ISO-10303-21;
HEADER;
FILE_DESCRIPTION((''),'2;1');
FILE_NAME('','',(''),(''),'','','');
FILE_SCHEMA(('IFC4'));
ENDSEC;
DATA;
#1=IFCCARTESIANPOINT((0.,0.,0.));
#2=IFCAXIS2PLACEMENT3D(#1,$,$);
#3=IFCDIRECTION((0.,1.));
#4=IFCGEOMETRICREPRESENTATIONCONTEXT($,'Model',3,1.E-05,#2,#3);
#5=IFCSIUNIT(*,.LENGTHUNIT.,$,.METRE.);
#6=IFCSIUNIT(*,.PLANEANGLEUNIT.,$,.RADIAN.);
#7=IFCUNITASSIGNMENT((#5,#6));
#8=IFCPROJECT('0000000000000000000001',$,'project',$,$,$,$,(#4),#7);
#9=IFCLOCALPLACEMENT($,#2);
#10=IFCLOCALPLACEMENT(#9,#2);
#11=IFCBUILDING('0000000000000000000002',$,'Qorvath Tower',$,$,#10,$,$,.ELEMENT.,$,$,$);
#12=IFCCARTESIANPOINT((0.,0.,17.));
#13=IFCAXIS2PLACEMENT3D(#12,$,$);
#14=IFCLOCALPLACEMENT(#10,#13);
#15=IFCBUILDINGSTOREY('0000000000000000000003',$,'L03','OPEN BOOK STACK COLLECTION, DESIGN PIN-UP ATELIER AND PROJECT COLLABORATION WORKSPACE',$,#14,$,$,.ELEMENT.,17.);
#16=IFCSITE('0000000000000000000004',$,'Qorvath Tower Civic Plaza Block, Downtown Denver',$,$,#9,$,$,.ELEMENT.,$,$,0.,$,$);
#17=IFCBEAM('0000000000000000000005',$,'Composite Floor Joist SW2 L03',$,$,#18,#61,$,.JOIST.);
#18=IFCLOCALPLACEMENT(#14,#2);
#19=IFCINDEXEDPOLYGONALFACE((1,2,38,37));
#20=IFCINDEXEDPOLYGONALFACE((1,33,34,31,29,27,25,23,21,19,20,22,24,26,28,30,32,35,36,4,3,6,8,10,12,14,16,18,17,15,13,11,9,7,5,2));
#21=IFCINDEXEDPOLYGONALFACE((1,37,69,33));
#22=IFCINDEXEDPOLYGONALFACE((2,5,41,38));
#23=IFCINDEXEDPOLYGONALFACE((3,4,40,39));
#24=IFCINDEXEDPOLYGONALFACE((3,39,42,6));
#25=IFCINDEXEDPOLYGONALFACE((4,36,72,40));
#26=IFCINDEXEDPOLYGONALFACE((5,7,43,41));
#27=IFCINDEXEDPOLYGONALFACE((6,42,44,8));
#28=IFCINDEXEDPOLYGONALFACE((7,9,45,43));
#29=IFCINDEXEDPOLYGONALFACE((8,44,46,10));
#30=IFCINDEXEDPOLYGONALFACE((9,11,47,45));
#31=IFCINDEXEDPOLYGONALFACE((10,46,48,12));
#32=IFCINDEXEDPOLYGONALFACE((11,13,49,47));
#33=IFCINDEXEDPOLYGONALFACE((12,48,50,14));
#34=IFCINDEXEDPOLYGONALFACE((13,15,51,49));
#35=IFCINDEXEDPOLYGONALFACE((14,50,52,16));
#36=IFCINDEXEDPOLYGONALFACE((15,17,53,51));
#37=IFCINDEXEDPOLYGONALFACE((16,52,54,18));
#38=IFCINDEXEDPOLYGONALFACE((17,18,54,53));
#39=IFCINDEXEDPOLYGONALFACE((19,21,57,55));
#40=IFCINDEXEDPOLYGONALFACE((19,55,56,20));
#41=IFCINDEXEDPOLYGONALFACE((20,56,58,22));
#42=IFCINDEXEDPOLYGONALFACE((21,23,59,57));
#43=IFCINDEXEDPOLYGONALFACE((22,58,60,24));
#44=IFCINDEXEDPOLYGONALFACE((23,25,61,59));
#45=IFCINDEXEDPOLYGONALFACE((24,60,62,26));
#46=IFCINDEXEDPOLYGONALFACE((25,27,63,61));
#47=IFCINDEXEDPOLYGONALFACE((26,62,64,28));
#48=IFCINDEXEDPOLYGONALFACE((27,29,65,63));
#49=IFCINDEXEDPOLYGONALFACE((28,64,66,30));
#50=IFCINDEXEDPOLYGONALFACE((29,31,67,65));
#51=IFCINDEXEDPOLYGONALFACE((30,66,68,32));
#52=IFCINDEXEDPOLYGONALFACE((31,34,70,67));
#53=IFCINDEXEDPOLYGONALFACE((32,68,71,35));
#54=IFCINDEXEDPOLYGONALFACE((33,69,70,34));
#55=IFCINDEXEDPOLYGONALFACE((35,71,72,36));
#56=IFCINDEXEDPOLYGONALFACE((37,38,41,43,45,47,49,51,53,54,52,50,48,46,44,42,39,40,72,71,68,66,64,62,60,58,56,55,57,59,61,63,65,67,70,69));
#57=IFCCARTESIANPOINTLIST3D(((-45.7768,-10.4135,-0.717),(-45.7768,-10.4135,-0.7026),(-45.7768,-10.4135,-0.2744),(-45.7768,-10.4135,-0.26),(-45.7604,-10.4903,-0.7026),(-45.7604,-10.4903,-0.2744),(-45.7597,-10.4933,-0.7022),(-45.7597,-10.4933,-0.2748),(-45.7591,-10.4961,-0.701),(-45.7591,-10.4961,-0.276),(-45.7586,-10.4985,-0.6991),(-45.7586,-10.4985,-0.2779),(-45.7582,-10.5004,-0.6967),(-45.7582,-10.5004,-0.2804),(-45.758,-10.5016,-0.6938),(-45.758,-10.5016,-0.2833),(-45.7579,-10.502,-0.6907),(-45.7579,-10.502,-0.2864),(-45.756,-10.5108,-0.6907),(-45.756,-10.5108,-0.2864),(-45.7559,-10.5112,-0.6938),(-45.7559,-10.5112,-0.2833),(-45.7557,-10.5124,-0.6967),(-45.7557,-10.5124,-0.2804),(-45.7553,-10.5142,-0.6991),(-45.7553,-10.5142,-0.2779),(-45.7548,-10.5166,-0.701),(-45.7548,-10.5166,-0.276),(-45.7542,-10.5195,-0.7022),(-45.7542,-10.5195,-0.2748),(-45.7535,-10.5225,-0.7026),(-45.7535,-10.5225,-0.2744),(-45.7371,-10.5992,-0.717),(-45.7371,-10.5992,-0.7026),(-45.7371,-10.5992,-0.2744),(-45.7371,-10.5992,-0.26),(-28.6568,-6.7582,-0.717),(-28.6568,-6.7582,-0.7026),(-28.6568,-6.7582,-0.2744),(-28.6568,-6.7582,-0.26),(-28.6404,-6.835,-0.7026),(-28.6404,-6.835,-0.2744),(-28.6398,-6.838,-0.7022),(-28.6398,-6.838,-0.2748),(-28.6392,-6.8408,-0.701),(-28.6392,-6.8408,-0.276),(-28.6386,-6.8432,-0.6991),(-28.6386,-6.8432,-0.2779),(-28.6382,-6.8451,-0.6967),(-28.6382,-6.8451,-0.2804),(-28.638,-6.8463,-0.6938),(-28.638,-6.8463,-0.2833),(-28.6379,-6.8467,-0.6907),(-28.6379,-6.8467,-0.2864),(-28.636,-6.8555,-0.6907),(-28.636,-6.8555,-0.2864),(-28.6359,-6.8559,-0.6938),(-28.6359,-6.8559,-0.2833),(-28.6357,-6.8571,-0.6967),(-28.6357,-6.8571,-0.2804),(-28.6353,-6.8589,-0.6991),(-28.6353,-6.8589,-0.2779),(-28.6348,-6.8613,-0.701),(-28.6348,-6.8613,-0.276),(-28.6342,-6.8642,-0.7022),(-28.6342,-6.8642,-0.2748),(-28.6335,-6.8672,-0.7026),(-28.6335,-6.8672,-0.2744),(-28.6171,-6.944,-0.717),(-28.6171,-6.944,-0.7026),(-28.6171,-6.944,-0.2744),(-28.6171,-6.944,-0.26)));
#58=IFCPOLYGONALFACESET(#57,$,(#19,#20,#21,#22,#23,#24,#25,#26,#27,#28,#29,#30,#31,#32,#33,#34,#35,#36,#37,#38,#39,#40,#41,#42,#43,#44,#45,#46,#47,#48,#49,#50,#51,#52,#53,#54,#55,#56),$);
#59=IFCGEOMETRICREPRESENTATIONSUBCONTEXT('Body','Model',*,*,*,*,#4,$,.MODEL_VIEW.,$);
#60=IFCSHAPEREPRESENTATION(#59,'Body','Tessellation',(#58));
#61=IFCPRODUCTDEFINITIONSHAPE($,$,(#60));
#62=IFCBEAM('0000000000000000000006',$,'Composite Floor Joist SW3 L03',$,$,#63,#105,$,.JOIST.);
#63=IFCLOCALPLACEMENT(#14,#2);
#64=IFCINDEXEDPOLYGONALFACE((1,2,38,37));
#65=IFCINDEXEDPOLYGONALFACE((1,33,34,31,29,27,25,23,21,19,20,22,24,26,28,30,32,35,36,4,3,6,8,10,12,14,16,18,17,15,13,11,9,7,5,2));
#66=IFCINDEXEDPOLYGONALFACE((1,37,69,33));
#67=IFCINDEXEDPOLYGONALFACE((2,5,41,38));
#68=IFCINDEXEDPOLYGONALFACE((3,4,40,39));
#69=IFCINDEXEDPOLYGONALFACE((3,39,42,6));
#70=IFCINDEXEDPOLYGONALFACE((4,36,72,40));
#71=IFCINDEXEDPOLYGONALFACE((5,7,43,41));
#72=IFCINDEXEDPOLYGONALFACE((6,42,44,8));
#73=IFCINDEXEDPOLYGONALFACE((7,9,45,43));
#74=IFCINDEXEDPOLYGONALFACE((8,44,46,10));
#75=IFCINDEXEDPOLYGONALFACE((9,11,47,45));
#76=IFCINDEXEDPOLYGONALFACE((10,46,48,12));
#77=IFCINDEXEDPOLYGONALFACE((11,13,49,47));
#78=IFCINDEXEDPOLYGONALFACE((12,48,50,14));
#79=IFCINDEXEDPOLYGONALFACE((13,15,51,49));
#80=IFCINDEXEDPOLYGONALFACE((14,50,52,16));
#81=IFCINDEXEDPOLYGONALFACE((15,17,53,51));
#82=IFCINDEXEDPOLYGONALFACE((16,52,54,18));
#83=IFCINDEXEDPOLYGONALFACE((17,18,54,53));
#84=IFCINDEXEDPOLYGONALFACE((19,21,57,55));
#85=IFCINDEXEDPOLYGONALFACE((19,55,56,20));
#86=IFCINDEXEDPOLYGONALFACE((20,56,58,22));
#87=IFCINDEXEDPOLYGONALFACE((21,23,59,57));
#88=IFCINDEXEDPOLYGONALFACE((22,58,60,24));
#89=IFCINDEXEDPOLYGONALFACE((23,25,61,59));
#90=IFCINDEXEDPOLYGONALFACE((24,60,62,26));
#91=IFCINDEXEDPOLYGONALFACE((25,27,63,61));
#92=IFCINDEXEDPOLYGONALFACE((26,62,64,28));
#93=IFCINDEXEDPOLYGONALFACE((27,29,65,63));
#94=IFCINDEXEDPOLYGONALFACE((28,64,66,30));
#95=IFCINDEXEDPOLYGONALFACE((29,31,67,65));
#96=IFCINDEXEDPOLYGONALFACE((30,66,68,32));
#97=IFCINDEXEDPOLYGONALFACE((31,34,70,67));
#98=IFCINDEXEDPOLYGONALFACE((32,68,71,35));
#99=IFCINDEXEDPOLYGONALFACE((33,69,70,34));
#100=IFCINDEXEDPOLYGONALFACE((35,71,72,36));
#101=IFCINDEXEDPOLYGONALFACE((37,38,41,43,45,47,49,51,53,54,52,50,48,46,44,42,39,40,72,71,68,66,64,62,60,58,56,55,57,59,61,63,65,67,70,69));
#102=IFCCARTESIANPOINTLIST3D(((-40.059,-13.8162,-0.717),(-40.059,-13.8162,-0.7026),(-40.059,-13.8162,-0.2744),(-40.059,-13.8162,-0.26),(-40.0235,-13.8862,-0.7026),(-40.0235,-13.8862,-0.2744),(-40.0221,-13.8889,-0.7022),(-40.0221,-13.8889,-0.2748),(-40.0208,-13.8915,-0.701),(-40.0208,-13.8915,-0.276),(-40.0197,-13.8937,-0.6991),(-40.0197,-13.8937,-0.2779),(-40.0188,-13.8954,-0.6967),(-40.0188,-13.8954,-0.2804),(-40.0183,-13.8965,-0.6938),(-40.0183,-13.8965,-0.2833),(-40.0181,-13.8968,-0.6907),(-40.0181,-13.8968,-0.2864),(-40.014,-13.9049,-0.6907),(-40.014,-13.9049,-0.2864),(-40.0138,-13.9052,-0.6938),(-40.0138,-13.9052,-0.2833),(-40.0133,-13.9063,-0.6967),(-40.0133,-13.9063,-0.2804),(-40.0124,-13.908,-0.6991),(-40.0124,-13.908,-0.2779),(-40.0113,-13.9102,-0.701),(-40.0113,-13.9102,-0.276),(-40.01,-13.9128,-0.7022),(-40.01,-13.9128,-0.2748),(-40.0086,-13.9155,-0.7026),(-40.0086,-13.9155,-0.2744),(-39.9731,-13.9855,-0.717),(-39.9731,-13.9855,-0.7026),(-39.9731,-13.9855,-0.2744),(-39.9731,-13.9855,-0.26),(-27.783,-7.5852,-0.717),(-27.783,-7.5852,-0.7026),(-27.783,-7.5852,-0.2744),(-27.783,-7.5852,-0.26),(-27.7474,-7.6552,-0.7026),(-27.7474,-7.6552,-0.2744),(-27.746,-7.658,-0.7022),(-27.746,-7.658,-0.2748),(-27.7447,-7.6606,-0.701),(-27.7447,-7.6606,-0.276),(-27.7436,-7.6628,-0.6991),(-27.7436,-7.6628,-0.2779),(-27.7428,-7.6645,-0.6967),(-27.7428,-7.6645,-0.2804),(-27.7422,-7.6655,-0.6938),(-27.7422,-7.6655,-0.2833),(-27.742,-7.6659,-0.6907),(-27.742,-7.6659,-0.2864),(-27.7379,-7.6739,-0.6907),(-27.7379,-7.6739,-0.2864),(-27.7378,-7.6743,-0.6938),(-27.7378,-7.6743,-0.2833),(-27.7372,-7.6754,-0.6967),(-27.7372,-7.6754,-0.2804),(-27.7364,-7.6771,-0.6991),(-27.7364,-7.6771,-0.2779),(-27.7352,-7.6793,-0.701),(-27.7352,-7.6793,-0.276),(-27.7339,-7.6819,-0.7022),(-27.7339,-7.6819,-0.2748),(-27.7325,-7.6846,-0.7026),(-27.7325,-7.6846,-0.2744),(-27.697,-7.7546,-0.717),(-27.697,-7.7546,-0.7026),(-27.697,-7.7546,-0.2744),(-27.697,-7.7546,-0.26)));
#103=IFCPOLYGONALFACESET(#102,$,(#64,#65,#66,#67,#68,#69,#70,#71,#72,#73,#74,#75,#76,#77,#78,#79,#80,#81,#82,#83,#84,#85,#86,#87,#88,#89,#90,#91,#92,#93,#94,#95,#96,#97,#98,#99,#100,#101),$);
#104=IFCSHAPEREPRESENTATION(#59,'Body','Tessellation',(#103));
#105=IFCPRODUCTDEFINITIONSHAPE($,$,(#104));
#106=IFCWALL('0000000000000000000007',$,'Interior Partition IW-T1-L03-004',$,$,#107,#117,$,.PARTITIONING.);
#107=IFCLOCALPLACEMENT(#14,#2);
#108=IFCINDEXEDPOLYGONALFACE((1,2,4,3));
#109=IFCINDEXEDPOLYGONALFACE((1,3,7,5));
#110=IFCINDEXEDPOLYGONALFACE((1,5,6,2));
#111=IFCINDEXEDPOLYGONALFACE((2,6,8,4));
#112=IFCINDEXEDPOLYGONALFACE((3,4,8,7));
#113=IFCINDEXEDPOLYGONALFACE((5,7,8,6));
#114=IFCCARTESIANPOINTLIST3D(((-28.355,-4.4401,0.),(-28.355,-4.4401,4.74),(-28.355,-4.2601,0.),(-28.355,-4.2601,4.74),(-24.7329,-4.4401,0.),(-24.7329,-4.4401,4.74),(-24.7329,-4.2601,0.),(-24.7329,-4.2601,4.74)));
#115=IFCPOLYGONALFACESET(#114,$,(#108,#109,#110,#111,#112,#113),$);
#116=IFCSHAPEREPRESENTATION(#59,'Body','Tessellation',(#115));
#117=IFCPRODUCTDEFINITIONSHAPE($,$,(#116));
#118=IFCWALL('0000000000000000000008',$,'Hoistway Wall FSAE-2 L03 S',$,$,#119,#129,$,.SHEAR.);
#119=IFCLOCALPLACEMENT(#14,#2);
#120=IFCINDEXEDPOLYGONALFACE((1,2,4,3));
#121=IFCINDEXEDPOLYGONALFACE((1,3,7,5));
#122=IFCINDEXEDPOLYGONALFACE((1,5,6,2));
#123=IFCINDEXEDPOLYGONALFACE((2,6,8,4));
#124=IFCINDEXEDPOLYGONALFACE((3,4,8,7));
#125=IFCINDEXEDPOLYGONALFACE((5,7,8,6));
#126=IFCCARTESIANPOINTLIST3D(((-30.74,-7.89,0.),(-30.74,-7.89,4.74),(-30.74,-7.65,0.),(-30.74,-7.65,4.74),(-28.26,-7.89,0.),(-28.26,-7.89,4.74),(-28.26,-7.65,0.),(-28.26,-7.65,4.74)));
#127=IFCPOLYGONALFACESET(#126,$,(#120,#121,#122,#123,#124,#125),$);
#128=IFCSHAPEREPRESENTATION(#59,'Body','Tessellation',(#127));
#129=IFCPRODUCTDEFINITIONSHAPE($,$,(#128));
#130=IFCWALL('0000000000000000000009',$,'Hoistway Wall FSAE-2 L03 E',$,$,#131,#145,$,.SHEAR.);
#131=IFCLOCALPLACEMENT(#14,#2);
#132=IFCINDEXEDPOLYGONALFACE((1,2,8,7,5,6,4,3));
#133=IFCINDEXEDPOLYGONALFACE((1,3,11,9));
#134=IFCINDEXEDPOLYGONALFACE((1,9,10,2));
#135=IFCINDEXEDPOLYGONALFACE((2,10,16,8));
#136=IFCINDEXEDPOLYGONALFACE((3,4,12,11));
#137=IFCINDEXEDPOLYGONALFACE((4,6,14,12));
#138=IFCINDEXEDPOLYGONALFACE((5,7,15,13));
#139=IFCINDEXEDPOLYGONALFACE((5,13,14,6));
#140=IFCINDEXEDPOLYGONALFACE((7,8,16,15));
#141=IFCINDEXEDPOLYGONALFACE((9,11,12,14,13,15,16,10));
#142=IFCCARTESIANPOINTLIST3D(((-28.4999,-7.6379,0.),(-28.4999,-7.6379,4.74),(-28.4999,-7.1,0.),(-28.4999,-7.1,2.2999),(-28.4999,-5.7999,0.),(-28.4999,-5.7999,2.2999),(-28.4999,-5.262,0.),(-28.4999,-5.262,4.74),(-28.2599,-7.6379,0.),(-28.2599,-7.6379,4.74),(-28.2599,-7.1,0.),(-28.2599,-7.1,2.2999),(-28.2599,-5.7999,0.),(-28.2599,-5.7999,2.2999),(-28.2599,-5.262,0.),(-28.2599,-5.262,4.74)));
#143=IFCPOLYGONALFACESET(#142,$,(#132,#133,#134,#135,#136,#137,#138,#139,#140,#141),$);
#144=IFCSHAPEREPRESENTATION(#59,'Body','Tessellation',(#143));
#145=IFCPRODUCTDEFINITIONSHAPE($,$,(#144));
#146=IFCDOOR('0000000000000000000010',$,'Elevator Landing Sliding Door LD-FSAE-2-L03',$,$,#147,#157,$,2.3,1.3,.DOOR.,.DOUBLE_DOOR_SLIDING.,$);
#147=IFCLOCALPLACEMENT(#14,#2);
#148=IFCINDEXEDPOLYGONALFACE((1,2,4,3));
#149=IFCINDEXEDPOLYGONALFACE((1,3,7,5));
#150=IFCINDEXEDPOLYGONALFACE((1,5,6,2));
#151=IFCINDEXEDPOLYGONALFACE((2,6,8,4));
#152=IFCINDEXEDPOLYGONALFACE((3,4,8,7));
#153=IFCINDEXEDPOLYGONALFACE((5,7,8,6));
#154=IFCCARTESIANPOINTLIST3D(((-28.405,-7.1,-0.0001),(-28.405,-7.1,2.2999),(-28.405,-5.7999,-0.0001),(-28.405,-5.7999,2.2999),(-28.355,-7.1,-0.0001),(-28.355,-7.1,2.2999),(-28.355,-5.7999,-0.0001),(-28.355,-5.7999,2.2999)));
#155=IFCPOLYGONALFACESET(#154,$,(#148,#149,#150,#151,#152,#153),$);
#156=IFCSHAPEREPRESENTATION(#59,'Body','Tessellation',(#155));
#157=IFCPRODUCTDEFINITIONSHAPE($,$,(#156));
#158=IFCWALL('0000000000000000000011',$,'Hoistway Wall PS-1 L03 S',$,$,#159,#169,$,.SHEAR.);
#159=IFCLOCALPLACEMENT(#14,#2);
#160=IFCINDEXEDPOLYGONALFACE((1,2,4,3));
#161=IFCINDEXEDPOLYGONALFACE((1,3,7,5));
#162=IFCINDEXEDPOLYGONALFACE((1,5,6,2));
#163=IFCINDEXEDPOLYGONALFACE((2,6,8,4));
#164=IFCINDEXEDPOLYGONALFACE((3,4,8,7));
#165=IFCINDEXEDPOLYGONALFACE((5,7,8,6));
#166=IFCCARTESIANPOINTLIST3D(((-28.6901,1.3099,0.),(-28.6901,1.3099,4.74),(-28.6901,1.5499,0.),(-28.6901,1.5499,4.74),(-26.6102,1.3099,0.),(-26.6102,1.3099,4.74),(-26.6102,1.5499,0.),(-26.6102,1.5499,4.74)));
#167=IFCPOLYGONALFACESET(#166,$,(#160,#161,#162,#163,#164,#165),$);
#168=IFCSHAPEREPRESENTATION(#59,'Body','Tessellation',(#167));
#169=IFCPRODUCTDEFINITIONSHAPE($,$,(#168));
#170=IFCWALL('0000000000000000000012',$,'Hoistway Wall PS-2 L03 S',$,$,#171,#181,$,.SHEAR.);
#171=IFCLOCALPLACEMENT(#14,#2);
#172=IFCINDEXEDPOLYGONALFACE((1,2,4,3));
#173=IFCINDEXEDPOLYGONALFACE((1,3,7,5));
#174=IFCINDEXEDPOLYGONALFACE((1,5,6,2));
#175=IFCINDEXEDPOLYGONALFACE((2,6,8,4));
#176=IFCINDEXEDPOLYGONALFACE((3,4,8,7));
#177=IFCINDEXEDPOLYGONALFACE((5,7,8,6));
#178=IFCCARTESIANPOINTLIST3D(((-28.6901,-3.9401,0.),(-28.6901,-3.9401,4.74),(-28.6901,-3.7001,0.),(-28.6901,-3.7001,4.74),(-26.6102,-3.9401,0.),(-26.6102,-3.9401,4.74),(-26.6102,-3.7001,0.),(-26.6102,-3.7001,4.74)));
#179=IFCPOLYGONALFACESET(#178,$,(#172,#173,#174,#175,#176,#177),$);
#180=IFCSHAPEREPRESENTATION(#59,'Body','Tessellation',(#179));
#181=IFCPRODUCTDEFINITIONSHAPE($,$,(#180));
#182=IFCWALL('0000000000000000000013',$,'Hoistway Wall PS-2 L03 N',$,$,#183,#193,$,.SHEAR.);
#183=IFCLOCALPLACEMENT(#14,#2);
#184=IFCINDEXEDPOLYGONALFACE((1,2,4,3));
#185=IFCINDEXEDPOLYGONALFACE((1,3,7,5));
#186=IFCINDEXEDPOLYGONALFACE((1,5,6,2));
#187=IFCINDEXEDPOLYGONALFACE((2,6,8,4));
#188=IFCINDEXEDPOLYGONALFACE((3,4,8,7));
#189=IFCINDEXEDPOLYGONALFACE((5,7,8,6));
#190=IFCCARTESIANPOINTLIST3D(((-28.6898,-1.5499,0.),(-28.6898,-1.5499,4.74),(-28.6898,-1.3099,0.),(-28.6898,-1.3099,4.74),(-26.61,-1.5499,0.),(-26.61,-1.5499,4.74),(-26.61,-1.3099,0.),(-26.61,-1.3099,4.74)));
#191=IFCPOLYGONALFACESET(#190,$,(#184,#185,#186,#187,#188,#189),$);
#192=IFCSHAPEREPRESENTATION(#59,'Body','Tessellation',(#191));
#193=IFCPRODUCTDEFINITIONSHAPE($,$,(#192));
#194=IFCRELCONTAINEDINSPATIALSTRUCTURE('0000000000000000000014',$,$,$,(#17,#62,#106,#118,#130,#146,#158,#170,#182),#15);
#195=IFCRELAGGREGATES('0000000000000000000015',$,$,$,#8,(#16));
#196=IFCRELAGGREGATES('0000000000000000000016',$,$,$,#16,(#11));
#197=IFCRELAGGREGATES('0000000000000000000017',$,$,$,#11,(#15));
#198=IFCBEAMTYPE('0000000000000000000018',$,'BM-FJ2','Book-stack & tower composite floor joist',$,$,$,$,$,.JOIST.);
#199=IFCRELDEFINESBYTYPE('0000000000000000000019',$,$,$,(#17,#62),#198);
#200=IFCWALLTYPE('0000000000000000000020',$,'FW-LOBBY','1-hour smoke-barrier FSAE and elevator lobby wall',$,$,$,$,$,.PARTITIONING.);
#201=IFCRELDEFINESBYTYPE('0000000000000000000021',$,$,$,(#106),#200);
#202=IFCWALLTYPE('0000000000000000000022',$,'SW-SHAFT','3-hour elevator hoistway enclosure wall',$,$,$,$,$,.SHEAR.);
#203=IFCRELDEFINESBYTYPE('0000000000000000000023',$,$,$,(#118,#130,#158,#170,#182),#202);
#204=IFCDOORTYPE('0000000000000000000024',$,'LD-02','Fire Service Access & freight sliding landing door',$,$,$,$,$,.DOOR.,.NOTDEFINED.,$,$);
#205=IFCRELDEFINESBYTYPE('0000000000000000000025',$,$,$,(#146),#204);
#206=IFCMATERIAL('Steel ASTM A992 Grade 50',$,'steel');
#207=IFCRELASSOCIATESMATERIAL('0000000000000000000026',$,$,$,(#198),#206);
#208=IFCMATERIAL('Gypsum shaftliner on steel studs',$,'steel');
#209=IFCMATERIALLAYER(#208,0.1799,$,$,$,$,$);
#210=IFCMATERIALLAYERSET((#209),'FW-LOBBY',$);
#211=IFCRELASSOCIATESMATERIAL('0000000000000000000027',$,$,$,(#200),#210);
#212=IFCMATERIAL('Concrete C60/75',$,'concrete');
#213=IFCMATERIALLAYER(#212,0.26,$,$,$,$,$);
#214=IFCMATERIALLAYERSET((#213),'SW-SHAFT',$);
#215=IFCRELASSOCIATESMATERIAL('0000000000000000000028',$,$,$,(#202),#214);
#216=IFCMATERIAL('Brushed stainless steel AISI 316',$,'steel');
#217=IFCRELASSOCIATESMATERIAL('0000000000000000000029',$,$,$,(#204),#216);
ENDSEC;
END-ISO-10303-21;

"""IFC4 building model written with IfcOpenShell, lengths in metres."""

from ifc_helpers import new_model, si_unit, direction, frame, frame_2d, origin, origin_2d, place, context, subcontext, project, spatial, rectangle, i_section, extrude, material, layer, layer_set, material_profile, profile_set, type_object, element, fill, save


model = new_model("IFC4")

# Units and contexts
model_context = context("Model", 3, precision=1e-05, world=origin(), true_north=direction((0.0, 1.0)))
body_context = subcontext(model_context, "Body", "Model", "MODEL_VIEW")
ifc_project = project(units=[si_unit("LENGTHUNIT", "METRE"), si_unit("PLANEANGLEUNIT", "RADIAN")], contexts=[model_context])

# Site, building, storey
site_placement = place(None, origin())
site = spatial("IfcSite", under=ifc_project, at=site_placement, Name="Qorvath Tower Civic Plaza Block, Downtown Denver", CompositionType="ELEMENT", RefElevation=0.0)
building_placement = place(site_placement, origin())
building = spatial("IfcBuilding", under=site, at=building_placement, Name="Qorvath Tower", CompositionType="ELEMENT")
storey_placement = place(building_placement, frame((0.0, 0.0, 17.0)))
storey = spatial("IfcBuildingStorey", under=building, at=storey_placement, Name="L03", Description="OPEN BOOK STACK COLLECTION, DESIGN PIN-UP ATELIER AND PROJECT COLLABORATION WORKSPACE", CompositionType="ELEMENT", Elevation=17.0)

# Beams
ifc_material_1 = material(Name="Steel ASTM A992 Grade 50", Category="steel")
ifc_material_profile = material_profile(ifc_material_1, i_section(OverallWidth=0.1899, OverallDepth=0.457, WebThickness=0.009, FlangeThickness=0.0144, FilletRadius=0.012, at=origin_2d()), Name="W18x50")
ifc_profile_set = profile_set([ifc_material_profile], Name="Steel ASTM A992 Grade 50")
beam_type = type_object("IfcBeamType", Name="BM-FJ2", Description="Book-stack & tower composite floor joist", PredefinedType="JOIST", material=ifc_profile_set)
beam_1_placement = place(storey_placement, frame((-28.637, -6.8511, -0.4885), z_axis=(-0.977957, -0.208804, 0.0), x_axis=(0.208804, -0.977957, 0.0)))
element("IfcBeam", 1, at=beam_1_placement, inside=storey, type_object=beam_type, Name="Composite Floor Joist SW2 L03", PredefinedType="JOIST", context=body_context, shape_type="SweptSolid", body=[
    extrude(i_section(OverallWidth=0.1899, OverallDepth=0.457, WebThickness=0.009, FlangeThickness=0.0144, FilletRadius=0.012, at=origin_2d()), origin(), (0.0, 0.0, 1.0), 17.5059),
])
beam_2_placement = place(storey_placement, frame((-27.74, -7.6699, -0.4885), z_axis=(-0.891712, -0.452604, 0.0), x_axis=(0.452604, -0.891712, 0.0)))
element("IfcBeam", 2, at=beam_2_placement, inside=storey, type_object=beam_type, Name="Composite Floor Joist SW3 L03", PredefinedType="JOIST", context=body_context, shape_type="SweptSolid", body=[
    extrude(i_section(OverallWidth=0.1899, OverallDepth=0.457, WebThickness=0.009, FlangeThickness=0.0144, FilletRadius=0.012, at=origin_2d()), origin(), (0.0, 0.0, 1.0), 13.7668),
])

# Walls
ifc_material_2 = material(Name="Gypsum shaftliner on steel studs", Category="steel")
ifc_layer_1 = layer(ifc_material_2, 0.1799)
ifc_layer_set_1 = layer_set([ifc_layer_1], Name="FW-LOBBY")
wall_type_1 = type_object("IfcWallType", Name="FW-LOBBY", Description="1-hour smoke-barrier FSAE and elevator lobby wall", PredefinedType="PARTITIONING", material=ifc_layer_set_1)
wall_1_placement = place(storey_placement, frame((-24.7329, -4.3501, 0.0), z_axis=(0.0, 0.0, 1.0), x_axis=(-1.0, 0.0, 0.0)))
element("IfcWall", 3, at=wall_1_placement, inside=storey, type_object=wall_type_1, Name="Interior Partition IW-T1-L03-004", PredefinedType="PARTITIONING", context=body_context, shape_type="SweptSolid", body=[
    extrude(rectangle(XDim=3.6221, YDim=0.1799, at=frame_2d((1.811, 0.0))), origin(), (0.0, 0.0, 1.0), 4.74),
])
ifc_material_3 = material(Name="Concrete C60/75", Category="concrete")
ifc_layer_2 = layer(ifc_material_3, 0.26)
ifc_layer_set_2 = layer_set([ifc_layer_2], Name="SW-SHAFT")
wall_type_2 = type_object("IfcWallType", Name="SW-SHAFT", Description="3-hour elevator hoistway enclosure wall", PredefinedType="SHEAR", material=ifc_layer_set_2)
wall_2_placement = place(storey_placement, frame((-28.26, -7.77, 0.0), z_axis=(0.0, 0.0, 1.0), x_axis=(-1.0, 0.0, 0.0)))
element("IfcWall", 4, at=wall_2_placement, inside=storey, type_object=wall_type_2, Name="Hoistway Wall FSAE-2 L03 S", PredefinedType="SHEAR", context=body_context, shape_type="SweptSolid", body=[
    extrude(rectangle(XDim=2.48, YDim=0.24, at=frame_2d((1.24, 0.0))), origin(), (0.0, 0.0, 1.0), 4.74),
])

# Wall, opening, door
wall_3_placement = place(storey_placement, frame((-28.3799, -5.262, 0.0), z_axis=(0.0, 0.0, 1.0), x_axis=(0.0, -1.0, 0.0)))
wall_3 = element("IfcWall", 5, at=wall_3_placement, inside=storey, type_object=wall_type_2, Name="Hoistway Wall FSAE-2 L03 E", PredefinedType="SHEAR", context=body_context, shape_type="SweptSolid", body=[
    extrude(rectangle(XDim=2.376, YDim=0.24, at=frame_2d((1.188, 0.0))), origin(), (0.0, 0.0, 1.0), 4.74),
])
opening_1_placement = place(wall_3_placement, frame((0.5381, 0.0, 0.0)))
opening_1 = element("IfcOpeningElement", 6, at=opening_1_placement, cuts=wall_3, PredefinedType="OPENING", context=body_context, shape_type="SweptSolid", body=[
    extrude(rectangle(XDim=1.3, YDim=2.3, at=frame_2d((0.6499, 1.1499))), frame((0.0, 0.1299, 0.0), z_axis=(0.0, -1.0, 0.0), x_axis=(1.0, 0.0, 0.0)), (0.0, 0.0, 1.0), 0.26),
])
ifc_material_4 = material(Name="Brushed stainless steel AISI 316", Category="steel")
door_type_1 = type_object("IfcDoorType", Name="LD-02", Description="Fire Service Access & freight sliding landing door", OperationType="NOTDEFINED", PredefinedType="DOOR", material=ifc_material_4)
door_1_placement = place(opening_1_placement, origin())
door_1 = element("IfcDoor", 7, at=door_1_placement, inside=storey, type_object=door_type_1, Name="Elevator Landing Sliding Door LD-FSAE-2-L03", OperationType="DOUBLE_DOOR_SLIDING", OverallHeight=2.3, OverallWidth=1.3, PredefinedType="DOOR", context=body_context, shape_type="SweptSolid", body=[
    extrude(rectangle(XDim=1.3, YDim=2.3, at=frame_2d((0.6499, 1.1499))), frame((0.0, 0.0249, 0.0), z_axis=(0.0, -1.0, 0.0), x_axis=(1.0, 0.0, 0.0)), (0.0, 0.0, 1.0), 0.05),
])
fill(opening_1, door_1)

# Walls
for number, where, z_axis, x_axis, name in (
    (8, (-26.6101, 1.4299, 0.0), (0.0, 0.0, 1.0), (-1.0, 0.0, 0.0), "Hoistway Wall PS-1 L03 S"),
    (9, (-26.6101, -3.8201, 0.0), (0.0, 0.0, 1.0), (-1.0, 0.0, 0.0), "Hoistway Wall PS-2 L03 S"),
    (10, (-28.6899, -1.4299, 0.0), (0.0, 0.0, 1.0), (1.0, 0.0, 0.0), "Hoistway Wall PS-2 L03 N"),
):
    element("IfcWall", number, at=place(storey_placement, frame(where, z_axis=z_axis, x_axis=x_axis)), inside=storey, type_object=wall_type_2, Name=name, PredefinedType="SHEAR", context=body_context, shape_type="SweptSolid", body=[
        extrude(rectangle(XDim=2.0798, YDim=0.24, at=frame_2d((1.04, 0.0))), origin(), (0.0, 0.0, 1.0), 4.74),
    ])

save(model, "model.ifc")
